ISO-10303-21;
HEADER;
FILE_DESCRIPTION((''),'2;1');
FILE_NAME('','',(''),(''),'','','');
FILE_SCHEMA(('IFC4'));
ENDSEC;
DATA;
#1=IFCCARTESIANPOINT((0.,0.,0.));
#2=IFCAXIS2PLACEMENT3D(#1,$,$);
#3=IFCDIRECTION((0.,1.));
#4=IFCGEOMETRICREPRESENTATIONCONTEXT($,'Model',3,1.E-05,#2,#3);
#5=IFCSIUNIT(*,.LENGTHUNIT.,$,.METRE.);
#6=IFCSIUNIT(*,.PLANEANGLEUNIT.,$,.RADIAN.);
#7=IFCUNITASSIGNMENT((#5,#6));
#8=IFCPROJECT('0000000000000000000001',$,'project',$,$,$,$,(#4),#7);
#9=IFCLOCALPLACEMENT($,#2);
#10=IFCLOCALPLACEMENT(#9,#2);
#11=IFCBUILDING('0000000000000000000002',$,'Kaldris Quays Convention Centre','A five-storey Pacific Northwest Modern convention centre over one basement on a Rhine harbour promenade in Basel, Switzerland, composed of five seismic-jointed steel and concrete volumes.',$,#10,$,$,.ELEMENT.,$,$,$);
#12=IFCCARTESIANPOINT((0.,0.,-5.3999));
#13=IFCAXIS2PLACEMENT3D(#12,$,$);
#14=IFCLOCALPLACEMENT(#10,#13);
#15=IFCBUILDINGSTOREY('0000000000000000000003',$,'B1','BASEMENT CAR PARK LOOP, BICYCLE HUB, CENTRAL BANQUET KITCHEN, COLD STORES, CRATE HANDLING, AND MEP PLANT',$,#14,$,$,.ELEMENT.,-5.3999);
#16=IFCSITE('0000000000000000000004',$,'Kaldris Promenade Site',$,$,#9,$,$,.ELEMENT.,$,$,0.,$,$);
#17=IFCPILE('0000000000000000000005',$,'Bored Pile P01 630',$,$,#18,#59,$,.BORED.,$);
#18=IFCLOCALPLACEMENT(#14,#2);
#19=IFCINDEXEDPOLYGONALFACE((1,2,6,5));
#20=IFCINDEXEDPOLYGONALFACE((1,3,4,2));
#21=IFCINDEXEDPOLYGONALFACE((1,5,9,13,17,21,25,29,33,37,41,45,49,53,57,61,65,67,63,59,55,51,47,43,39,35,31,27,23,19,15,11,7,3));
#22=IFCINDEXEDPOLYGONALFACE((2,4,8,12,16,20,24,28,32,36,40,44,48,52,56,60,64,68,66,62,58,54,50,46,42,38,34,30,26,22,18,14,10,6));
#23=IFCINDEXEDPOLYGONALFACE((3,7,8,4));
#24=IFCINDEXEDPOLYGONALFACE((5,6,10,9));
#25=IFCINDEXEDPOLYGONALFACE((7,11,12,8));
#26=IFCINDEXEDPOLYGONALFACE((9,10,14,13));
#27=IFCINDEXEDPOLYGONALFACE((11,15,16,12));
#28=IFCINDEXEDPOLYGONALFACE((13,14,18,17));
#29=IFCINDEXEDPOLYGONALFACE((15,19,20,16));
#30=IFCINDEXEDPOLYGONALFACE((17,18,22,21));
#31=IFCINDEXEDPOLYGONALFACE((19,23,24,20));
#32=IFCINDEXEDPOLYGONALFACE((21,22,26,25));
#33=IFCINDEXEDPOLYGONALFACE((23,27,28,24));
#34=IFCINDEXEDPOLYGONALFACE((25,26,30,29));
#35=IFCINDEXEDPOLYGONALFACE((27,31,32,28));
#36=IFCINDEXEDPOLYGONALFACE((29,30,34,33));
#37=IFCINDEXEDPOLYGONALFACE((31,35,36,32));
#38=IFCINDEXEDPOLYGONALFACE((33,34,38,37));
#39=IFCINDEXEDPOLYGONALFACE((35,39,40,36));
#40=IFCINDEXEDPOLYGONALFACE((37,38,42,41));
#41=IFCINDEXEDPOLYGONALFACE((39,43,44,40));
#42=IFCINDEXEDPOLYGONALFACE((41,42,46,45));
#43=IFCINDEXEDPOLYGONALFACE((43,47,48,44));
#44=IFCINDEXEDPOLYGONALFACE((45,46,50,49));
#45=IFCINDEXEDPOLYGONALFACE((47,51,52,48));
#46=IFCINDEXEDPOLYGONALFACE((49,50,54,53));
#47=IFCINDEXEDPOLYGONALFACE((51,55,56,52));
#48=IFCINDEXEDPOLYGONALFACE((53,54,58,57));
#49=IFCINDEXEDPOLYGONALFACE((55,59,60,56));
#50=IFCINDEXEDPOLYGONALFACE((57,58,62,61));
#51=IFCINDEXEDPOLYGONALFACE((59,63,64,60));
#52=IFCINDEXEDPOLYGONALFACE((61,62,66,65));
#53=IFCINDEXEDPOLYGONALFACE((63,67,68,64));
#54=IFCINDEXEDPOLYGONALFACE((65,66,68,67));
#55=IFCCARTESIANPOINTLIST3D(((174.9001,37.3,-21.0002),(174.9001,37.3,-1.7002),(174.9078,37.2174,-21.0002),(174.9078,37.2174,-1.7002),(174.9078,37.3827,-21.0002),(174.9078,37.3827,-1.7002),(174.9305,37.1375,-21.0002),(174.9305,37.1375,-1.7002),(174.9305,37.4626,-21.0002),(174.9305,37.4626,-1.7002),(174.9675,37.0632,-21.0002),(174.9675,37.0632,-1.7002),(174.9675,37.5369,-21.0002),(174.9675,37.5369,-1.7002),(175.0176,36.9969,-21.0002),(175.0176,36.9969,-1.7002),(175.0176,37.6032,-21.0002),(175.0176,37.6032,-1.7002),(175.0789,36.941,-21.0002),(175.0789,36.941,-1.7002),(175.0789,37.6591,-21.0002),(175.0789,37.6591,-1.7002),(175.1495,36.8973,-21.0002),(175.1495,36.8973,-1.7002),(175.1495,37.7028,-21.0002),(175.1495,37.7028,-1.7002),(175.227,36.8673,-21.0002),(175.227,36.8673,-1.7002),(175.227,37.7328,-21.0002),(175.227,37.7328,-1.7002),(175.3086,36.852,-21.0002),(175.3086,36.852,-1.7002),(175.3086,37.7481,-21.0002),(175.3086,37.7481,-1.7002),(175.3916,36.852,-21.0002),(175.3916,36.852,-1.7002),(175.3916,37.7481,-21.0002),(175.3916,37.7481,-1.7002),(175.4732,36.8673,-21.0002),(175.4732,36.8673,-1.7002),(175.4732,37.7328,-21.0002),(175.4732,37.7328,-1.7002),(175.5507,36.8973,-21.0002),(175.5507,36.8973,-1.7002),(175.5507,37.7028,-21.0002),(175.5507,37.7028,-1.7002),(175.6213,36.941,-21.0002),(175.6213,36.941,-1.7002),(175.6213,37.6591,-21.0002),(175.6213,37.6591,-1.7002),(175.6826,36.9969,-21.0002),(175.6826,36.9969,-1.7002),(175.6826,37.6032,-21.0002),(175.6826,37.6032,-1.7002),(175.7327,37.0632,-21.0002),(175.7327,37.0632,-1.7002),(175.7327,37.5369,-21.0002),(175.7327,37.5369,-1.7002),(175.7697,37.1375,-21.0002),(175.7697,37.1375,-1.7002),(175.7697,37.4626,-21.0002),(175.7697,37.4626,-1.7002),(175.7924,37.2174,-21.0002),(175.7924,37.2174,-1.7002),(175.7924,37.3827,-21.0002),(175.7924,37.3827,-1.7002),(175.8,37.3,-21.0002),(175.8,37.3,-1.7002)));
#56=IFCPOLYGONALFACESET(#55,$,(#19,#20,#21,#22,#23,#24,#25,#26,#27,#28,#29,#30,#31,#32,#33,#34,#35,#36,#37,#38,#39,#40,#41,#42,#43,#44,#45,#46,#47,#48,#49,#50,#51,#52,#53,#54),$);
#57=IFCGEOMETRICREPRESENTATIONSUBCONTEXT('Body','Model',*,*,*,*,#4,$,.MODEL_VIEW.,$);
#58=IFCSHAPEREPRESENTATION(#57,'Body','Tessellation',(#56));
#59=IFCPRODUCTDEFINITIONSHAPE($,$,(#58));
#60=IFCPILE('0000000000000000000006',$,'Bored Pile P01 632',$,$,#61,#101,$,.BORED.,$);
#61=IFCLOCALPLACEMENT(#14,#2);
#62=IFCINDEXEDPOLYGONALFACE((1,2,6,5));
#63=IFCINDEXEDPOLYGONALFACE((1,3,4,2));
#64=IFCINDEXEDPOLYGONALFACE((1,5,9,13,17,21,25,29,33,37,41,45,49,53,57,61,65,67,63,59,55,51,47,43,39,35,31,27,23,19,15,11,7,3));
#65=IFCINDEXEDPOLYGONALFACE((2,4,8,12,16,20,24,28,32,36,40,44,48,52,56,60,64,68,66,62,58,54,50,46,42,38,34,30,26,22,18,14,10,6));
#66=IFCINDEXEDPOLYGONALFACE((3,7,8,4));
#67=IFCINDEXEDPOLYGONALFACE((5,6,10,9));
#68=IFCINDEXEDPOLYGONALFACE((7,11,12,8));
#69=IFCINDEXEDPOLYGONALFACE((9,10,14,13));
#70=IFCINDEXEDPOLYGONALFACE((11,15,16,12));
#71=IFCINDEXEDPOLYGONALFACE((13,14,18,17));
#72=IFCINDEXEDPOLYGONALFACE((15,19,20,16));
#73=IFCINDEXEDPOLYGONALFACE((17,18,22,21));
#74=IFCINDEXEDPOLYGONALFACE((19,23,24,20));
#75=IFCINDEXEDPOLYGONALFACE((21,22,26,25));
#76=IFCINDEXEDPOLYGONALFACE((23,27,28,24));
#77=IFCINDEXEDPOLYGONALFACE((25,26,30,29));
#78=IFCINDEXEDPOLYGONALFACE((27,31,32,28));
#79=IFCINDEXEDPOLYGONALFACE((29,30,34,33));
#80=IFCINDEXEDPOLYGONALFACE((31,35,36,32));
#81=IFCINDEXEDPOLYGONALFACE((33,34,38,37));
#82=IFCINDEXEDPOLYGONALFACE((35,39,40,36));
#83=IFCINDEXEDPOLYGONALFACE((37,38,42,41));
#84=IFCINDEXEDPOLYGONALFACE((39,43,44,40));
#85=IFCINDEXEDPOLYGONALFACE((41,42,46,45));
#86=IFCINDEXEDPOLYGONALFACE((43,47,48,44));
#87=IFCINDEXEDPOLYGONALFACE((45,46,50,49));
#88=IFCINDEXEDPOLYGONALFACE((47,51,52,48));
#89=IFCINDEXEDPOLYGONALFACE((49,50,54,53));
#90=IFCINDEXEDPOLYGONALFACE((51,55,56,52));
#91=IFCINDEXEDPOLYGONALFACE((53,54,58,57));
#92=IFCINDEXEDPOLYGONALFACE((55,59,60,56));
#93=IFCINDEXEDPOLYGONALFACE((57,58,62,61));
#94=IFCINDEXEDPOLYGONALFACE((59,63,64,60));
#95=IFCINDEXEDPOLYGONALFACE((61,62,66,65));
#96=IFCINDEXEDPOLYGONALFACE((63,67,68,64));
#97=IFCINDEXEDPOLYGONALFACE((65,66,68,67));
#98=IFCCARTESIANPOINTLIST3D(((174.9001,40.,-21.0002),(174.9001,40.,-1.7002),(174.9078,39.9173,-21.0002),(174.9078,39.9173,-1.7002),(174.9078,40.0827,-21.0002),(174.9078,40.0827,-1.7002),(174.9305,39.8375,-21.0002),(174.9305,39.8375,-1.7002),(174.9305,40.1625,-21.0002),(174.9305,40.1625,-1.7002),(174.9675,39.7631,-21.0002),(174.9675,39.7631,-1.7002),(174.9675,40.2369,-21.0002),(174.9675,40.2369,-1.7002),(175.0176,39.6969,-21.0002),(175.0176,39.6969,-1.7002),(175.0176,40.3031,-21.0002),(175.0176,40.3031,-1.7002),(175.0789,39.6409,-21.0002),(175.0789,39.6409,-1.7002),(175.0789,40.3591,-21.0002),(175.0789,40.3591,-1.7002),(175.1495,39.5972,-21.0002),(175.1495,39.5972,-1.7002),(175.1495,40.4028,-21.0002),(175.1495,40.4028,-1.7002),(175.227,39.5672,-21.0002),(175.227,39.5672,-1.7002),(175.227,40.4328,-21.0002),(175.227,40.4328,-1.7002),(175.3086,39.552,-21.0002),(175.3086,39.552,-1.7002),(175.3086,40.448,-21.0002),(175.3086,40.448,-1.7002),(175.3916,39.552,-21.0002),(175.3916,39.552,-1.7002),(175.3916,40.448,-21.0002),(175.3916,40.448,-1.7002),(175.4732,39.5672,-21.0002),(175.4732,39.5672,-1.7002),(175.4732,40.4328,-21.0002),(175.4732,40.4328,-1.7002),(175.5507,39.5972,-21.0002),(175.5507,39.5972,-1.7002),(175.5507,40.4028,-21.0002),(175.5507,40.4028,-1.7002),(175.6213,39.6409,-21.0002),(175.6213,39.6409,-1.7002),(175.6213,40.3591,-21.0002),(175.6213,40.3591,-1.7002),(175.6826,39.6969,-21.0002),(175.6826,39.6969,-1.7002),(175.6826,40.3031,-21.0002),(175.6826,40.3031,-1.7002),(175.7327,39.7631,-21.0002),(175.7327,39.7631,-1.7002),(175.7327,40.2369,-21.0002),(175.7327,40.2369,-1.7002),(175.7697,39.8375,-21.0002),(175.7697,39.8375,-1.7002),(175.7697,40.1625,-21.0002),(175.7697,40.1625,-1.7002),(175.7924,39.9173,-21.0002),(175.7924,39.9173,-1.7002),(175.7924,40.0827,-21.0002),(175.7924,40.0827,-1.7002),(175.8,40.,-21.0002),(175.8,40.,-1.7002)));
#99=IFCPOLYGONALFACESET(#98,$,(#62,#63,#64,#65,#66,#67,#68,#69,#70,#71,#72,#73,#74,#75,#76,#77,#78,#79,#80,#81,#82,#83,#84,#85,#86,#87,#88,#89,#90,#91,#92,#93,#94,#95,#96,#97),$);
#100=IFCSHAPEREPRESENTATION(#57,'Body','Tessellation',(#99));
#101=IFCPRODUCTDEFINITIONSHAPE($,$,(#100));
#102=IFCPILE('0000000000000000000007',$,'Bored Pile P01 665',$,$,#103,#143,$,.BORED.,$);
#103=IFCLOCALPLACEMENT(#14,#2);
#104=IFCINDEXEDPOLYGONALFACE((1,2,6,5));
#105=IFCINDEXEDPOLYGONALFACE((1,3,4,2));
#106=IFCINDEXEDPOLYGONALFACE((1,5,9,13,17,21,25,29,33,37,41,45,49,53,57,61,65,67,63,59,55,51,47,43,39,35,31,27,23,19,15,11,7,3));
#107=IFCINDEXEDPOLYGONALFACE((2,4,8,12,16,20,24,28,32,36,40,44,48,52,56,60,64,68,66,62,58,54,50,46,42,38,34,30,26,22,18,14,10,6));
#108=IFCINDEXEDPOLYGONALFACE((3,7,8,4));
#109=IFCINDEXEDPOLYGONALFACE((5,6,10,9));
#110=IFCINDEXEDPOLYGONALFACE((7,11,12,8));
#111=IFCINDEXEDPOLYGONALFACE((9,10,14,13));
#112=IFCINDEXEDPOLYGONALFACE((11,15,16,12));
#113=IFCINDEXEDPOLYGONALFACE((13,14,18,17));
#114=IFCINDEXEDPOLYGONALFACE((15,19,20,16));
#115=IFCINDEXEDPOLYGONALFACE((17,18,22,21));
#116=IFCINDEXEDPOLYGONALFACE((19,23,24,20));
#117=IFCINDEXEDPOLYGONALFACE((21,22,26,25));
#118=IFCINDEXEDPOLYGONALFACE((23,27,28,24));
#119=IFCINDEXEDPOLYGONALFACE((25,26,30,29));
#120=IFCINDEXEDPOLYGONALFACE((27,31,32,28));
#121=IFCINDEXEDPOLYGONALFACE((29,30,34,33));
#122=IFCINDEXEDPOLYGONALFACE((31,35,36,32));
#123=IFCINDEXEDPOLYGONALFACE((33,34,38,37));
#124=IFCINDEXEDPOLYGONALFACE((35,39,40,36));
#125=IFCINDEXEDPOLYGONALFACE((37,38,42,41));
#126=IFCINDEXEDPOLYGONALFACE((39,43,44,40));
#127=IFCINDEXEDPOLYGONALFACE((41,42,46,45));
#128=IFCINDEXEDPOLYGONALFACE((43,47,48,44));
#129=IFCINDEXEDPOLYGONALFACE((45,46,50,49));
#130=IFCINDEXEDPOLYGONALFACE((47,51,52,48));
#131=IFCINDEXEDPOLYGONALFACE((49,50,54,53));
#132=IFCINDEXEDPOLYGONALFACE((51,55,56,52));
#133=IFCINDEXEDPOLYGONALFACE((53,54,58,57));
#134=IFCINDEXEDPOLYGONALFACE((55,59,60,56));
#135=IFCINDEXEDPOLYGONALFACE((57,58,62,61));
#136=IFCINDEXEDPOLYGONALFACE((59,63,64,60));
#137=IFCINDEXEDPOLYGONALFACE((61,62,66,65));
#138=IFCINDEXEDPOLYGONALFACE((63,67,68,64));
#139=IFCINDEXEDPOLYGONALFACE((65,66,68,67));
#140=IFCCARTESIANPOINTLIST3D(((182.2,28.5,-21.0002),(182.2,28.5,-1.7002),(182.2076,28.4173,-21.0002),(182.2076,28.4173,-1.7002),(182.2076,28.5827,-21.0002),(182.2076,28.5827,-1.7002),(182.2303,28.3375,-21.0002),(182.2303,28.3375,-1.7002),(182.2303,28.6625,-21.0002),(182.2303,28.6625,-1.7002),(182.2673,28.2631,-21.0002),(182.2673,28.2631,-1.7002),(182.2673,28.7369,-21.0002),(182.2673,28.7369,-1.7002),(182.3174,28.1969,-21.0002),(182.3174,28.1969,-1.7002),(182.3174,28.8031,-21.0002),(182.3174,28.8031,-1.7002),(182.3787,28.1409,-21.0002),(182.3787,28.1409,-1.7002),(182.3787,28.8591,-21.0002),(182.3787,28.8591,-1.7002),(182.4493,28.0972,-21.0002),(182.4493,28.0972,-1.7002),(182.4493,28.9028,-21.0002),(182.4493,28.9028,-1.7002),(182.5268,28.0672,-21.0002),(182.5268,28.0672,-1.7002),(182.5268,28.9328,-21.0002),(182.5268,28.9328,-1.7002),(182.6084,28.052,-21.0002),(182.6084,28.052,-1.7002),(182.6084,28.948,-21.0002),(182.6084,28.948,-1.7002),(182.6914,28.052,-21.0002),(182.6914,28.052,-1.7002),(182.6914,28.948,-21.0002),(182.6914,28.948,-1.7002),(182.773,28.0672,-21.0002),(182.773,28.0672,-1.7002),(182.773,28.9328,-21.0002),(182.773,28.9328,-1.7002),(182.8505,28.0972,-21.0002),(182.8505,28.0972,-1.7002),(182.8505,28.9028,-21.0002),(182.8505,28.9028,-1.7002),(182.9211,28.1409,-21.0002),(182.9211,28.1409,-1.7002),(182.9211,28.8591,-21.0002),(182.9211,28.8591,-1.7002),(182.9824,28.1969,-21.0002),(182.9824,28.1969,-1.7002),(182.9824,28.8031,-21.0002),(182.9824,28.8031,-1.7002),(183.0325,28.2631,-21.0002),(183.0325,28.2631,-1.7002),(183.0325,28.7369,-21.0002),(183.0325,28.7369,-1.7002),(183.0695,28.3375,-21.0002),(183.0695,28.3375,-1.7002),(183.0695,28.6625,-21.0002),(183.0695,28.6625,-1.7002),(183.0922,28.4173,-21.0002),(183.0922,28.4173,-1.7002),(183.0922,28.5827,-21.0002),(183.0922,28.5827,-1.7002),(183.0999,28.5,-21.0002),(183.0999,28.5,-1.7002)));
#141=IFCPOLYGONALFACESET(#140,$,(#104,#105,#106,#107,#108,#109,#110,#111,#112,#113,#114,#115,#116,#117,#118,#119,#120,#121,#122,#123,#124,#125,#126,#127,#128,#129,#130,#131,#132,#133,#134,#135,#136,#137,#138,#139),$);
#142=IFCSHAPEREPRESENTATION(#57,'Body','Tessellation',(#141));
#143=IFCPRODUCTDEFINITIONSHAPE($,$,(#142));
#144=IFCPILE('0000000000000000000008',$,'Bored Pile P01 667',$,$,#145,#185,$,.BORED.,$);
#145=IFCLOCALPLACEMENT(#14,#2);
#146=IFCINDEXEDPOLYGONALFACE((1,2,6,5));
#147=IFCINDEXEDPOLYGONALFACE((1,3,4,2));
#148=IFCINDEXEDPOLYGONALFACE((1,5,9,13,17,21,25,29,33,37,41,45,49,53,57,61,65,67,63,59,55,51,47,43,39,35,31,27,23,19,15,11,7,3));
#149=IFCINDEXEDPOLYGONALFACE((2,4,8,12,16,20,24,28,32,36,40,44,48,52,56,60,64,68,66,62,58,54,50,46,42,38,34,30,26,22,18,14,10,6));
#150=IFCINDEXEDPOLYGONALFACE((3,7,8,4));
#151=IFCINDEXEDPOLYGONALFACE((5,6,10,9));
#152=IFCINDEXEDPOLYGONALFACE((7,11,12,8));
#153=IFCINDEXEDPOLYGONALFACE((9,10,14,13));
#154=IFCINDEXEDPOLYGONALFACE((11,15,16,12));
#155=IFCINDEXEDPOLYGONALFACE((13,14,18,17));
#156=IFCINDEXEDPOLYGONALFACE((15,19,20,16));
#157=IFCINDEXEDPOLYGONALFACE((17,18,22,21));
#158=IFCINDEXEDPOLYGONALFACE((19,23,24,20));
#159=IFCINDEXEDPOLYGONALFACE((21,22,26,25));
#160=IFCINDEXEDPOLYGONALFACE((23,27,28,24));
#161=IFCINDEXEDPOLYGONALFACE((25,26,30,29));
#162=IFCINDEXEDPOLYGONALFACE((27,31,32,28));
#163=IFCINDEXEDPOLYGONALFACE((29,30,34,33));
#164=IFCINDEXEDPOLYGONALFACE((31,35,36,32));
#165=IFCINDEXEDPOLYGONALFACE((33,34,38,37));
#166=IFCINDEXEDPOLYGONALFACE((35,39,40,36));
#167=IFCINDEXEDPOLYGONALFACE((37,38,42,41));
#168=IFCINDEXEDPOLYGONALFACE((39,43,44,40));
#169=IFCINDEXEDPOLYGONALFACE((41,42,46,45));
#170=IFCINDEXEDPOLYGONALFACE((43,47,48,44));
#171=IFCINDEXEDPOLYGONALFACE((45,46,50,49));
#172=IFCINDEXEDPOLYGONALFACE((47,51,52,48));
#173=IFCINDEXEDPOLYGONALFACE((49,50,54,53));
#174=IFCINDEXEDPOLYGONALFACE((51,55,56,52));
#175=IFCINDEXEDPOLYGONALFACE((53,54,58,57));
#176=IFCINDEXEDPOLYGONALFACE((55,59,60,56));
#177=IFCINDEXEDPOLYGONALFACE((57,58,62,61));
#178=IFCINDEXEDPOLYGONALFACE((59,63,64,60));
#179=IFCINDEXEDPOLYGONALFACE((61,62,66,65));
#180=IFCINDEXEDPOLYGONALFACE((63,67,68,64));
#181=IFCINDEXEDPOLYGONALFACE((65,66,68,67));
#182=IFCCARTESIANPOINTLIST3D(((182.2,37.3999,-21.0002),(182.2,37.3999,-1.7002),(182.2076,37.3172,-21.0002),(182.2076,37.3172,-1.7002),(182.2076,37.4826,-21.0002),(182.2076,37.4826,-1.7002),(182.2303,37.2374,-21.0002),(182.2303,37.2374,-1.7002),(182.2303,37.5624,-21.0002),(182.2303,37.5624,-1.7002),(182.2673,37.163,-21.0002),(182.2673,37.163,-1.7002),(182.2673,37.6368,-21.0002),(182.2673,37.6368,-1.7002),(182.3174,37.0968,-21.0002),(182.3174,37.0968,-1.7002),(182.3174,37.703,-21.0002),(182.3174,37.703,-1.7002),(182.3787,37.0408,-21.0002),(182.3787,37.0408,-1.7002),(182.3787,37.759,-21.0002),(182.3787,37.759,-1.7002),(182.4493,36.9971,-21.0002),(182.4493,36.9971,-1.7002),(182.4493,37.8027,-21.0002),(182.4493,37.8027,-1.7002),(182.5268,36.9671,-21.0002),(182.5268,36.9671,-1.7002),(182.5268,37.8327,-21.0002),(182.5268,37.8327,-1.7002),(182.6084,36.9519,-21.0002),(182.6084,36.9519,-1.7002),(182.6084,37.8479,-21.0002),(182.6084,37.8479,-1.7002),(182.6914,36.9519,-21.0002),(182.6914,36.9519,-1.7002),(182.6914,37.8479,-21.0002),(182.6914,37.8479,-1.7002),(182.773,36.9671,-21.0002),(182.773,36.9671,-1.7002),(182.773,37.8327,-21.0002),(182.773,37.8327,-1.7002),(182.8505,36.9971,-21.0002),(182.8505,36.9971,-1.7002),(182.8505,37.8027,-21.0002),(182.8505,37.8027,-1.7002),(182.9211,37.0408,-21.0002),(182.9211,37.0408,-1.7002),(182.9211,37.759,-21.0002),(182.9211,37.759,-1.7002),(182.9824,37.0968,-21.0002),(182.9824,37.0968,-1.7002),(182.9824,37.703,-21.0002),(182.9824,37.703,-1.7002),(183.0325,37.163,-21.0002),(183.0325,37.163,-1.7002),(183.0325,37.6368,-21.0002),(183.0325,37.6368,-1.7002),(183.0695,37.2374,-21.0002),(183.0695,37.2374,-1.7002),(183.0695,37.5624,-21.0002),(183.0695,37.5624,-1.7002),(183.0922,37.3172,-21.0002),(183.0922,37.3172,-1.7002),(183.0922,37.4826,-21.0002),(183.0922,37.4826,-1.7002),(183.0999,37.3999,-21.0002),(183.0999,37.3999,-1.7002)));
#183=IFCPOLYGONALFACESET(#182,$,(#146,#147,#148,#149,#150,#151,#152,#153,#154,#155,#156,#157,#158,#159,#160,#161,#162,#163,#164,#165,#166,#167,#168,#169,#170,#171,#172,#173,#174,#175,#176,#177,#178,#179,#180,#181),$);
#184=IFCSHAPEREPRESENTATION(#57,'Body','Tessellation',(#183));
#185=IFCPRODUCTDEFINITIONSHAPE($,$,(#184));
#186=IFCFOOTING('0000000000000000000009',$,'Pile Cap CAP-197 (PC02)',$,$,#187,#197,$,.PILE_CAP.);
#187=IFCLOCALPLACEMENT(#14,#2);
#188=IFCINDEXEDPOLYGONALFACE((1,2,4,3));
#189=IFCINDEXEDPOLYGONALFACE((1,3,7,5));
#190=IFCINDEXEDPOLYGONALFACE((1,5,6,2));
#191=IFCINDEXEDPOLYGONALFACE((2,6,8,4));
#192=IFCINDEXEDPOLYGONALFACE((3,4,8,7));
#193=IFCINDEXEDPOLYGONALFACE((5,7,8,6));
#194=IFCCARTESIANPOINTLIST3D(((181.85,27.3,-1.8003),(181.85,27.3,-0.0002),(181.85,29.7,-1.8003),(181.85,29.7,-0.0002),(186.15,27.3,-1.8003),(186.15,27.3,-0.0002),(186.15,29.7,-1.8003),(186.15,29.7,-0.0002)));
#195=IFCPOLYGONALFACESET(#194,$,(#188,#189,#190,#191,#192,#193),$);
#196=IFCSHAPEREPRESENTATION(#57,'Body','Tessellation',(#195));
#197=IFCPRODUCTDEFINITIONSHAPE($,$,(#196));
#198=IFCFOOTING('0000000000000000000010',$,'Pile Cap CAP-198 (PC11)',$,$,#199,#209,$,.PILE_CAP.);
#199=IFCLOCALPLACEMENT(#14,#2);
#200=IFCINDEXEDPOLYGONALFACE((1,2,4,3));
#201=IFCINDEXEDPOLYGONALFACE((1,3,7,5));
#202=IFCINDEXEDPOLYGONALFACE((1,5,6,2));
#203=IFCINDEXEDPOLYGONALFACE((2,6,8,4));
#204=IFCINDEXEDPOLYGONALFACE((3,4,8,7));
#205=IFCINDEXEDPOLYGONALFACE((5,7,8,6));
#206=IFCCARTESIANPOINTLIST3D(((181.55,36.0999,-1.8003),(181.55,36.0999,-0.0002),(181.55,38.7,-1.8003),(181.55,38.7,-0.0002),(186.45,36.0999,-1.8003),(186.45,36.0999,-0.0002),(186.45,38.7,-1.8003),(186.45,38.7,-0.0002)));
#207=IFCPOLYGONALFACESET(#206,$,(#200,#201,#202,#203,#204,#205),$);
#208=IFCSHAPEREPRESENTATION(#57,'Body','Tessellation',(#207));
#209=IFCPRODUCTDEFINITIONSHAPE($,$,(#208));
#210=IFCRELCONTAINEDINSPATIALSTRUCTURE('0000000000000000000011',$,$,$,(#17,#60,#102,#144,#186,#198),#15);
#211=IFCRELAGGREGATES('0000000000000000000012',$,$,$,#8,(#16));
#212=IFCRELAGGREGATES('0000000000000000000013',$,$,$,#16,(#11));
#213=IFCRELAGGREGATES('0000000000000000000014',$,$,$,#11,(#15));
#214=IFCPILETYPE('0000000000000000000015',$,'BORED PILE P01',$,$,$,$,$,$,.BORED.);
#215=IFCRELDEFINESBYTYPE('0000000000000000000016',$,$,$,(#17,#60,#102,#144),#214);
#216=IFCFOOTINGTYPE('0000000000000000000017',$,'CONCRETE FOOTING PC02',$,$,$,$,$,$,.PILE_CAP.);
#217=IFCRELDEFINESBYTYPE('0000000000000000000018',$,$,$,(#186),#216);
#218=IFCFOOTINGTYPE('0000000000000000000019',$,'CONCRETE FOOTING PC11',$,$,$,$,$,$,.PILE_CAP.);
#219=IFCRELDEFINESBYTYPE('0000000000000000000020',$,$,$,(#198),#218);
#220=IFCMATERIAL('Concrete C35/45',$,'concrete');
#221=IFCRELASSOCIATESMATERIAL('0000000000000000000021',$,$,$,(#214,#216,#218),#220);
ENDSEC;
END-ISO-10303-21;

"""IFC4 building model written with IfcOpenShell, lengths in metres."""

from ifc_helpers import new_model, si_unit, direction, frame, origin, origin_2d, place, context, subcontext, project, spatial, rectangle, circle, extrude, material, material_profile, profile_set, type_object, element, save


model = new_model("IFC4")

# Units and contexts
model_context = context("Model", 3, precision=1e-05, world=origin(), true_north=direction((0.0, 1.0)))
body_context = subcontext(model_context, "Body", "Model", "MODEL_VIEW")
ifc_project = project(units=[si_unit("LENGTHUNIT", "METRE"), si_unit("PLANEANGLEUNIT", "RADIAN")], contexts=[model_context])

# Site, building, storey
site_placement = place(None, origin())
site = spatial("IfcSite", under=ifc_project, at=site_placement, Name="Kaldris Promenade Site", CompositionType="ELEMENT", RefElevation=0.0)
building_placement = place(site_placement, origin())
building = spatial("IfcBuilding", under=site, at=building_placement, Name="Kaldris Quays Convention Centre", Description="A five-storey Pacific Northwest Modern convention centre over one basement on a Rhine harbour promenade in Basel, Switzerland, composed of five seismic-jointed steel and concrete volumes.", CompositionType="ELEMENT")
storey_placement = place(building_placement, frame((0.0, 0.0, -5.3999)))
storey = spatial("IfcBuildingStorey", under=building, at=storey_placement, Name="B1", Description="BASEMENT CAR PARK LOOP, BICYCLE HUB, CENTRAL BANQUET KITCHEN, COLD STORES, CRATE HANDLING, AND MEP PLANT", CompositionType="ELEMENT", Elevation=-5.3999)

# Piles
ifc_material_1 = material(Name="Concrete C35/45", Category="concrete")
ifc_material_profile_1 = material_profile(ifc_material_1, circle(Radius=0.45, at=origin_2d()), Name="BORED PILE D900")
ifc_profile_set_1 = profile_set([ifc_material_profile_1], Name="Concrete C35/45")
pile_type = type_object("IfcPileType", Name="BORED PILE P01", PredefinedType="BORED", material=ifc_profile_set_1)
for number, where, z_axis, x_axis, name in (
    (1, (175.3501, 37.3, -1.7002), (0.0, 0.0, -1.0), (1.0, 0.0, 0.0), "Bored Pile P01 630"),
    (2, (175.3501, 40.0, -1.7002), (0.0, 0.0, -1.0), (1.0, 0.0, 0.0), "Bored Pile P01 632"),
    (3, (182.6499, 28.5, -1.7002), (0.0, 0.0, -1.0), (1.0, 0.0, 0.0), "Bored Pile P01 665"),
    (4, (182.6499, 37.3999, -1.7002), (0.0, 0.0, -1.0), (1.0, 0.0, 0.0), "Bored Pile P01 667"),
):
    element("IfcPile", number, at=place(storey_placement, frame(where, z_axis=z_axis, x_axis=x_axis)), inside=storey, type_object=pile_type, Name=name, PredefinedType="BORED", context=body_context, shape_type="SweptSolid", body=[
        extrude(circle(Radius=0.45, at=origin_2d()), origin(), (0.0, 0.0, 1.0), 19.3),
    ])

# Footings
footing_type_1 = type_object("IfcFootingType", Name="CONCRETE FOOTING PC02", PredefinedType="PILE_CAP", material=ifc_material_1)
footing_1_placement = place(storey_placement, frame((184.0, 28.5, -1.8003), z_axis=(0.0, 0.0, 1.0), x_axis=(1.0, 0.0, 0.0)))
element("IfcFooting", 5, at=footing_1_placement, inside=storey, type_object=footing_type_1, Name="Pile Cap CAP-197 (PC02)", PredefinedType="PILE_CAP", context=body_context, shape_type="SweptSolid", body=[
    extrude(rectangle(XDim=4.3, YDim=2.3999, at=origin_2d()), origin(), (0.0, 0.0, 1.0), 1.8),
])
footing_type_2 = type_object("IfcFootingType", Name="CONCRETE FOOTING PC11", PredefinedType="PILE_CAP", material=ifc_material_1)
footing_2_placement = place(storey_placement, frame((184.0, 37.3999, -1.8003), z_axis=(0.0, 0.0, 1.0), x_axis=(1.0, 0.0, 0.0)))
element("IfcFooting", 6, at=footing_2_placement, inside=storey, type_object=footing_type_2, Name="Pile Cap CAP-198 (PC11)", PredefinedType="PILE_CAP", context=body_context, shape_type="SweptSolid", body=[
    extrude(rectangle(XDim=4.8999, YDim=2.6001, at=origin_2d()), origin(), (0.0, 0.0, 1.0), 1.8),
])

save(model, "model.ifc")
